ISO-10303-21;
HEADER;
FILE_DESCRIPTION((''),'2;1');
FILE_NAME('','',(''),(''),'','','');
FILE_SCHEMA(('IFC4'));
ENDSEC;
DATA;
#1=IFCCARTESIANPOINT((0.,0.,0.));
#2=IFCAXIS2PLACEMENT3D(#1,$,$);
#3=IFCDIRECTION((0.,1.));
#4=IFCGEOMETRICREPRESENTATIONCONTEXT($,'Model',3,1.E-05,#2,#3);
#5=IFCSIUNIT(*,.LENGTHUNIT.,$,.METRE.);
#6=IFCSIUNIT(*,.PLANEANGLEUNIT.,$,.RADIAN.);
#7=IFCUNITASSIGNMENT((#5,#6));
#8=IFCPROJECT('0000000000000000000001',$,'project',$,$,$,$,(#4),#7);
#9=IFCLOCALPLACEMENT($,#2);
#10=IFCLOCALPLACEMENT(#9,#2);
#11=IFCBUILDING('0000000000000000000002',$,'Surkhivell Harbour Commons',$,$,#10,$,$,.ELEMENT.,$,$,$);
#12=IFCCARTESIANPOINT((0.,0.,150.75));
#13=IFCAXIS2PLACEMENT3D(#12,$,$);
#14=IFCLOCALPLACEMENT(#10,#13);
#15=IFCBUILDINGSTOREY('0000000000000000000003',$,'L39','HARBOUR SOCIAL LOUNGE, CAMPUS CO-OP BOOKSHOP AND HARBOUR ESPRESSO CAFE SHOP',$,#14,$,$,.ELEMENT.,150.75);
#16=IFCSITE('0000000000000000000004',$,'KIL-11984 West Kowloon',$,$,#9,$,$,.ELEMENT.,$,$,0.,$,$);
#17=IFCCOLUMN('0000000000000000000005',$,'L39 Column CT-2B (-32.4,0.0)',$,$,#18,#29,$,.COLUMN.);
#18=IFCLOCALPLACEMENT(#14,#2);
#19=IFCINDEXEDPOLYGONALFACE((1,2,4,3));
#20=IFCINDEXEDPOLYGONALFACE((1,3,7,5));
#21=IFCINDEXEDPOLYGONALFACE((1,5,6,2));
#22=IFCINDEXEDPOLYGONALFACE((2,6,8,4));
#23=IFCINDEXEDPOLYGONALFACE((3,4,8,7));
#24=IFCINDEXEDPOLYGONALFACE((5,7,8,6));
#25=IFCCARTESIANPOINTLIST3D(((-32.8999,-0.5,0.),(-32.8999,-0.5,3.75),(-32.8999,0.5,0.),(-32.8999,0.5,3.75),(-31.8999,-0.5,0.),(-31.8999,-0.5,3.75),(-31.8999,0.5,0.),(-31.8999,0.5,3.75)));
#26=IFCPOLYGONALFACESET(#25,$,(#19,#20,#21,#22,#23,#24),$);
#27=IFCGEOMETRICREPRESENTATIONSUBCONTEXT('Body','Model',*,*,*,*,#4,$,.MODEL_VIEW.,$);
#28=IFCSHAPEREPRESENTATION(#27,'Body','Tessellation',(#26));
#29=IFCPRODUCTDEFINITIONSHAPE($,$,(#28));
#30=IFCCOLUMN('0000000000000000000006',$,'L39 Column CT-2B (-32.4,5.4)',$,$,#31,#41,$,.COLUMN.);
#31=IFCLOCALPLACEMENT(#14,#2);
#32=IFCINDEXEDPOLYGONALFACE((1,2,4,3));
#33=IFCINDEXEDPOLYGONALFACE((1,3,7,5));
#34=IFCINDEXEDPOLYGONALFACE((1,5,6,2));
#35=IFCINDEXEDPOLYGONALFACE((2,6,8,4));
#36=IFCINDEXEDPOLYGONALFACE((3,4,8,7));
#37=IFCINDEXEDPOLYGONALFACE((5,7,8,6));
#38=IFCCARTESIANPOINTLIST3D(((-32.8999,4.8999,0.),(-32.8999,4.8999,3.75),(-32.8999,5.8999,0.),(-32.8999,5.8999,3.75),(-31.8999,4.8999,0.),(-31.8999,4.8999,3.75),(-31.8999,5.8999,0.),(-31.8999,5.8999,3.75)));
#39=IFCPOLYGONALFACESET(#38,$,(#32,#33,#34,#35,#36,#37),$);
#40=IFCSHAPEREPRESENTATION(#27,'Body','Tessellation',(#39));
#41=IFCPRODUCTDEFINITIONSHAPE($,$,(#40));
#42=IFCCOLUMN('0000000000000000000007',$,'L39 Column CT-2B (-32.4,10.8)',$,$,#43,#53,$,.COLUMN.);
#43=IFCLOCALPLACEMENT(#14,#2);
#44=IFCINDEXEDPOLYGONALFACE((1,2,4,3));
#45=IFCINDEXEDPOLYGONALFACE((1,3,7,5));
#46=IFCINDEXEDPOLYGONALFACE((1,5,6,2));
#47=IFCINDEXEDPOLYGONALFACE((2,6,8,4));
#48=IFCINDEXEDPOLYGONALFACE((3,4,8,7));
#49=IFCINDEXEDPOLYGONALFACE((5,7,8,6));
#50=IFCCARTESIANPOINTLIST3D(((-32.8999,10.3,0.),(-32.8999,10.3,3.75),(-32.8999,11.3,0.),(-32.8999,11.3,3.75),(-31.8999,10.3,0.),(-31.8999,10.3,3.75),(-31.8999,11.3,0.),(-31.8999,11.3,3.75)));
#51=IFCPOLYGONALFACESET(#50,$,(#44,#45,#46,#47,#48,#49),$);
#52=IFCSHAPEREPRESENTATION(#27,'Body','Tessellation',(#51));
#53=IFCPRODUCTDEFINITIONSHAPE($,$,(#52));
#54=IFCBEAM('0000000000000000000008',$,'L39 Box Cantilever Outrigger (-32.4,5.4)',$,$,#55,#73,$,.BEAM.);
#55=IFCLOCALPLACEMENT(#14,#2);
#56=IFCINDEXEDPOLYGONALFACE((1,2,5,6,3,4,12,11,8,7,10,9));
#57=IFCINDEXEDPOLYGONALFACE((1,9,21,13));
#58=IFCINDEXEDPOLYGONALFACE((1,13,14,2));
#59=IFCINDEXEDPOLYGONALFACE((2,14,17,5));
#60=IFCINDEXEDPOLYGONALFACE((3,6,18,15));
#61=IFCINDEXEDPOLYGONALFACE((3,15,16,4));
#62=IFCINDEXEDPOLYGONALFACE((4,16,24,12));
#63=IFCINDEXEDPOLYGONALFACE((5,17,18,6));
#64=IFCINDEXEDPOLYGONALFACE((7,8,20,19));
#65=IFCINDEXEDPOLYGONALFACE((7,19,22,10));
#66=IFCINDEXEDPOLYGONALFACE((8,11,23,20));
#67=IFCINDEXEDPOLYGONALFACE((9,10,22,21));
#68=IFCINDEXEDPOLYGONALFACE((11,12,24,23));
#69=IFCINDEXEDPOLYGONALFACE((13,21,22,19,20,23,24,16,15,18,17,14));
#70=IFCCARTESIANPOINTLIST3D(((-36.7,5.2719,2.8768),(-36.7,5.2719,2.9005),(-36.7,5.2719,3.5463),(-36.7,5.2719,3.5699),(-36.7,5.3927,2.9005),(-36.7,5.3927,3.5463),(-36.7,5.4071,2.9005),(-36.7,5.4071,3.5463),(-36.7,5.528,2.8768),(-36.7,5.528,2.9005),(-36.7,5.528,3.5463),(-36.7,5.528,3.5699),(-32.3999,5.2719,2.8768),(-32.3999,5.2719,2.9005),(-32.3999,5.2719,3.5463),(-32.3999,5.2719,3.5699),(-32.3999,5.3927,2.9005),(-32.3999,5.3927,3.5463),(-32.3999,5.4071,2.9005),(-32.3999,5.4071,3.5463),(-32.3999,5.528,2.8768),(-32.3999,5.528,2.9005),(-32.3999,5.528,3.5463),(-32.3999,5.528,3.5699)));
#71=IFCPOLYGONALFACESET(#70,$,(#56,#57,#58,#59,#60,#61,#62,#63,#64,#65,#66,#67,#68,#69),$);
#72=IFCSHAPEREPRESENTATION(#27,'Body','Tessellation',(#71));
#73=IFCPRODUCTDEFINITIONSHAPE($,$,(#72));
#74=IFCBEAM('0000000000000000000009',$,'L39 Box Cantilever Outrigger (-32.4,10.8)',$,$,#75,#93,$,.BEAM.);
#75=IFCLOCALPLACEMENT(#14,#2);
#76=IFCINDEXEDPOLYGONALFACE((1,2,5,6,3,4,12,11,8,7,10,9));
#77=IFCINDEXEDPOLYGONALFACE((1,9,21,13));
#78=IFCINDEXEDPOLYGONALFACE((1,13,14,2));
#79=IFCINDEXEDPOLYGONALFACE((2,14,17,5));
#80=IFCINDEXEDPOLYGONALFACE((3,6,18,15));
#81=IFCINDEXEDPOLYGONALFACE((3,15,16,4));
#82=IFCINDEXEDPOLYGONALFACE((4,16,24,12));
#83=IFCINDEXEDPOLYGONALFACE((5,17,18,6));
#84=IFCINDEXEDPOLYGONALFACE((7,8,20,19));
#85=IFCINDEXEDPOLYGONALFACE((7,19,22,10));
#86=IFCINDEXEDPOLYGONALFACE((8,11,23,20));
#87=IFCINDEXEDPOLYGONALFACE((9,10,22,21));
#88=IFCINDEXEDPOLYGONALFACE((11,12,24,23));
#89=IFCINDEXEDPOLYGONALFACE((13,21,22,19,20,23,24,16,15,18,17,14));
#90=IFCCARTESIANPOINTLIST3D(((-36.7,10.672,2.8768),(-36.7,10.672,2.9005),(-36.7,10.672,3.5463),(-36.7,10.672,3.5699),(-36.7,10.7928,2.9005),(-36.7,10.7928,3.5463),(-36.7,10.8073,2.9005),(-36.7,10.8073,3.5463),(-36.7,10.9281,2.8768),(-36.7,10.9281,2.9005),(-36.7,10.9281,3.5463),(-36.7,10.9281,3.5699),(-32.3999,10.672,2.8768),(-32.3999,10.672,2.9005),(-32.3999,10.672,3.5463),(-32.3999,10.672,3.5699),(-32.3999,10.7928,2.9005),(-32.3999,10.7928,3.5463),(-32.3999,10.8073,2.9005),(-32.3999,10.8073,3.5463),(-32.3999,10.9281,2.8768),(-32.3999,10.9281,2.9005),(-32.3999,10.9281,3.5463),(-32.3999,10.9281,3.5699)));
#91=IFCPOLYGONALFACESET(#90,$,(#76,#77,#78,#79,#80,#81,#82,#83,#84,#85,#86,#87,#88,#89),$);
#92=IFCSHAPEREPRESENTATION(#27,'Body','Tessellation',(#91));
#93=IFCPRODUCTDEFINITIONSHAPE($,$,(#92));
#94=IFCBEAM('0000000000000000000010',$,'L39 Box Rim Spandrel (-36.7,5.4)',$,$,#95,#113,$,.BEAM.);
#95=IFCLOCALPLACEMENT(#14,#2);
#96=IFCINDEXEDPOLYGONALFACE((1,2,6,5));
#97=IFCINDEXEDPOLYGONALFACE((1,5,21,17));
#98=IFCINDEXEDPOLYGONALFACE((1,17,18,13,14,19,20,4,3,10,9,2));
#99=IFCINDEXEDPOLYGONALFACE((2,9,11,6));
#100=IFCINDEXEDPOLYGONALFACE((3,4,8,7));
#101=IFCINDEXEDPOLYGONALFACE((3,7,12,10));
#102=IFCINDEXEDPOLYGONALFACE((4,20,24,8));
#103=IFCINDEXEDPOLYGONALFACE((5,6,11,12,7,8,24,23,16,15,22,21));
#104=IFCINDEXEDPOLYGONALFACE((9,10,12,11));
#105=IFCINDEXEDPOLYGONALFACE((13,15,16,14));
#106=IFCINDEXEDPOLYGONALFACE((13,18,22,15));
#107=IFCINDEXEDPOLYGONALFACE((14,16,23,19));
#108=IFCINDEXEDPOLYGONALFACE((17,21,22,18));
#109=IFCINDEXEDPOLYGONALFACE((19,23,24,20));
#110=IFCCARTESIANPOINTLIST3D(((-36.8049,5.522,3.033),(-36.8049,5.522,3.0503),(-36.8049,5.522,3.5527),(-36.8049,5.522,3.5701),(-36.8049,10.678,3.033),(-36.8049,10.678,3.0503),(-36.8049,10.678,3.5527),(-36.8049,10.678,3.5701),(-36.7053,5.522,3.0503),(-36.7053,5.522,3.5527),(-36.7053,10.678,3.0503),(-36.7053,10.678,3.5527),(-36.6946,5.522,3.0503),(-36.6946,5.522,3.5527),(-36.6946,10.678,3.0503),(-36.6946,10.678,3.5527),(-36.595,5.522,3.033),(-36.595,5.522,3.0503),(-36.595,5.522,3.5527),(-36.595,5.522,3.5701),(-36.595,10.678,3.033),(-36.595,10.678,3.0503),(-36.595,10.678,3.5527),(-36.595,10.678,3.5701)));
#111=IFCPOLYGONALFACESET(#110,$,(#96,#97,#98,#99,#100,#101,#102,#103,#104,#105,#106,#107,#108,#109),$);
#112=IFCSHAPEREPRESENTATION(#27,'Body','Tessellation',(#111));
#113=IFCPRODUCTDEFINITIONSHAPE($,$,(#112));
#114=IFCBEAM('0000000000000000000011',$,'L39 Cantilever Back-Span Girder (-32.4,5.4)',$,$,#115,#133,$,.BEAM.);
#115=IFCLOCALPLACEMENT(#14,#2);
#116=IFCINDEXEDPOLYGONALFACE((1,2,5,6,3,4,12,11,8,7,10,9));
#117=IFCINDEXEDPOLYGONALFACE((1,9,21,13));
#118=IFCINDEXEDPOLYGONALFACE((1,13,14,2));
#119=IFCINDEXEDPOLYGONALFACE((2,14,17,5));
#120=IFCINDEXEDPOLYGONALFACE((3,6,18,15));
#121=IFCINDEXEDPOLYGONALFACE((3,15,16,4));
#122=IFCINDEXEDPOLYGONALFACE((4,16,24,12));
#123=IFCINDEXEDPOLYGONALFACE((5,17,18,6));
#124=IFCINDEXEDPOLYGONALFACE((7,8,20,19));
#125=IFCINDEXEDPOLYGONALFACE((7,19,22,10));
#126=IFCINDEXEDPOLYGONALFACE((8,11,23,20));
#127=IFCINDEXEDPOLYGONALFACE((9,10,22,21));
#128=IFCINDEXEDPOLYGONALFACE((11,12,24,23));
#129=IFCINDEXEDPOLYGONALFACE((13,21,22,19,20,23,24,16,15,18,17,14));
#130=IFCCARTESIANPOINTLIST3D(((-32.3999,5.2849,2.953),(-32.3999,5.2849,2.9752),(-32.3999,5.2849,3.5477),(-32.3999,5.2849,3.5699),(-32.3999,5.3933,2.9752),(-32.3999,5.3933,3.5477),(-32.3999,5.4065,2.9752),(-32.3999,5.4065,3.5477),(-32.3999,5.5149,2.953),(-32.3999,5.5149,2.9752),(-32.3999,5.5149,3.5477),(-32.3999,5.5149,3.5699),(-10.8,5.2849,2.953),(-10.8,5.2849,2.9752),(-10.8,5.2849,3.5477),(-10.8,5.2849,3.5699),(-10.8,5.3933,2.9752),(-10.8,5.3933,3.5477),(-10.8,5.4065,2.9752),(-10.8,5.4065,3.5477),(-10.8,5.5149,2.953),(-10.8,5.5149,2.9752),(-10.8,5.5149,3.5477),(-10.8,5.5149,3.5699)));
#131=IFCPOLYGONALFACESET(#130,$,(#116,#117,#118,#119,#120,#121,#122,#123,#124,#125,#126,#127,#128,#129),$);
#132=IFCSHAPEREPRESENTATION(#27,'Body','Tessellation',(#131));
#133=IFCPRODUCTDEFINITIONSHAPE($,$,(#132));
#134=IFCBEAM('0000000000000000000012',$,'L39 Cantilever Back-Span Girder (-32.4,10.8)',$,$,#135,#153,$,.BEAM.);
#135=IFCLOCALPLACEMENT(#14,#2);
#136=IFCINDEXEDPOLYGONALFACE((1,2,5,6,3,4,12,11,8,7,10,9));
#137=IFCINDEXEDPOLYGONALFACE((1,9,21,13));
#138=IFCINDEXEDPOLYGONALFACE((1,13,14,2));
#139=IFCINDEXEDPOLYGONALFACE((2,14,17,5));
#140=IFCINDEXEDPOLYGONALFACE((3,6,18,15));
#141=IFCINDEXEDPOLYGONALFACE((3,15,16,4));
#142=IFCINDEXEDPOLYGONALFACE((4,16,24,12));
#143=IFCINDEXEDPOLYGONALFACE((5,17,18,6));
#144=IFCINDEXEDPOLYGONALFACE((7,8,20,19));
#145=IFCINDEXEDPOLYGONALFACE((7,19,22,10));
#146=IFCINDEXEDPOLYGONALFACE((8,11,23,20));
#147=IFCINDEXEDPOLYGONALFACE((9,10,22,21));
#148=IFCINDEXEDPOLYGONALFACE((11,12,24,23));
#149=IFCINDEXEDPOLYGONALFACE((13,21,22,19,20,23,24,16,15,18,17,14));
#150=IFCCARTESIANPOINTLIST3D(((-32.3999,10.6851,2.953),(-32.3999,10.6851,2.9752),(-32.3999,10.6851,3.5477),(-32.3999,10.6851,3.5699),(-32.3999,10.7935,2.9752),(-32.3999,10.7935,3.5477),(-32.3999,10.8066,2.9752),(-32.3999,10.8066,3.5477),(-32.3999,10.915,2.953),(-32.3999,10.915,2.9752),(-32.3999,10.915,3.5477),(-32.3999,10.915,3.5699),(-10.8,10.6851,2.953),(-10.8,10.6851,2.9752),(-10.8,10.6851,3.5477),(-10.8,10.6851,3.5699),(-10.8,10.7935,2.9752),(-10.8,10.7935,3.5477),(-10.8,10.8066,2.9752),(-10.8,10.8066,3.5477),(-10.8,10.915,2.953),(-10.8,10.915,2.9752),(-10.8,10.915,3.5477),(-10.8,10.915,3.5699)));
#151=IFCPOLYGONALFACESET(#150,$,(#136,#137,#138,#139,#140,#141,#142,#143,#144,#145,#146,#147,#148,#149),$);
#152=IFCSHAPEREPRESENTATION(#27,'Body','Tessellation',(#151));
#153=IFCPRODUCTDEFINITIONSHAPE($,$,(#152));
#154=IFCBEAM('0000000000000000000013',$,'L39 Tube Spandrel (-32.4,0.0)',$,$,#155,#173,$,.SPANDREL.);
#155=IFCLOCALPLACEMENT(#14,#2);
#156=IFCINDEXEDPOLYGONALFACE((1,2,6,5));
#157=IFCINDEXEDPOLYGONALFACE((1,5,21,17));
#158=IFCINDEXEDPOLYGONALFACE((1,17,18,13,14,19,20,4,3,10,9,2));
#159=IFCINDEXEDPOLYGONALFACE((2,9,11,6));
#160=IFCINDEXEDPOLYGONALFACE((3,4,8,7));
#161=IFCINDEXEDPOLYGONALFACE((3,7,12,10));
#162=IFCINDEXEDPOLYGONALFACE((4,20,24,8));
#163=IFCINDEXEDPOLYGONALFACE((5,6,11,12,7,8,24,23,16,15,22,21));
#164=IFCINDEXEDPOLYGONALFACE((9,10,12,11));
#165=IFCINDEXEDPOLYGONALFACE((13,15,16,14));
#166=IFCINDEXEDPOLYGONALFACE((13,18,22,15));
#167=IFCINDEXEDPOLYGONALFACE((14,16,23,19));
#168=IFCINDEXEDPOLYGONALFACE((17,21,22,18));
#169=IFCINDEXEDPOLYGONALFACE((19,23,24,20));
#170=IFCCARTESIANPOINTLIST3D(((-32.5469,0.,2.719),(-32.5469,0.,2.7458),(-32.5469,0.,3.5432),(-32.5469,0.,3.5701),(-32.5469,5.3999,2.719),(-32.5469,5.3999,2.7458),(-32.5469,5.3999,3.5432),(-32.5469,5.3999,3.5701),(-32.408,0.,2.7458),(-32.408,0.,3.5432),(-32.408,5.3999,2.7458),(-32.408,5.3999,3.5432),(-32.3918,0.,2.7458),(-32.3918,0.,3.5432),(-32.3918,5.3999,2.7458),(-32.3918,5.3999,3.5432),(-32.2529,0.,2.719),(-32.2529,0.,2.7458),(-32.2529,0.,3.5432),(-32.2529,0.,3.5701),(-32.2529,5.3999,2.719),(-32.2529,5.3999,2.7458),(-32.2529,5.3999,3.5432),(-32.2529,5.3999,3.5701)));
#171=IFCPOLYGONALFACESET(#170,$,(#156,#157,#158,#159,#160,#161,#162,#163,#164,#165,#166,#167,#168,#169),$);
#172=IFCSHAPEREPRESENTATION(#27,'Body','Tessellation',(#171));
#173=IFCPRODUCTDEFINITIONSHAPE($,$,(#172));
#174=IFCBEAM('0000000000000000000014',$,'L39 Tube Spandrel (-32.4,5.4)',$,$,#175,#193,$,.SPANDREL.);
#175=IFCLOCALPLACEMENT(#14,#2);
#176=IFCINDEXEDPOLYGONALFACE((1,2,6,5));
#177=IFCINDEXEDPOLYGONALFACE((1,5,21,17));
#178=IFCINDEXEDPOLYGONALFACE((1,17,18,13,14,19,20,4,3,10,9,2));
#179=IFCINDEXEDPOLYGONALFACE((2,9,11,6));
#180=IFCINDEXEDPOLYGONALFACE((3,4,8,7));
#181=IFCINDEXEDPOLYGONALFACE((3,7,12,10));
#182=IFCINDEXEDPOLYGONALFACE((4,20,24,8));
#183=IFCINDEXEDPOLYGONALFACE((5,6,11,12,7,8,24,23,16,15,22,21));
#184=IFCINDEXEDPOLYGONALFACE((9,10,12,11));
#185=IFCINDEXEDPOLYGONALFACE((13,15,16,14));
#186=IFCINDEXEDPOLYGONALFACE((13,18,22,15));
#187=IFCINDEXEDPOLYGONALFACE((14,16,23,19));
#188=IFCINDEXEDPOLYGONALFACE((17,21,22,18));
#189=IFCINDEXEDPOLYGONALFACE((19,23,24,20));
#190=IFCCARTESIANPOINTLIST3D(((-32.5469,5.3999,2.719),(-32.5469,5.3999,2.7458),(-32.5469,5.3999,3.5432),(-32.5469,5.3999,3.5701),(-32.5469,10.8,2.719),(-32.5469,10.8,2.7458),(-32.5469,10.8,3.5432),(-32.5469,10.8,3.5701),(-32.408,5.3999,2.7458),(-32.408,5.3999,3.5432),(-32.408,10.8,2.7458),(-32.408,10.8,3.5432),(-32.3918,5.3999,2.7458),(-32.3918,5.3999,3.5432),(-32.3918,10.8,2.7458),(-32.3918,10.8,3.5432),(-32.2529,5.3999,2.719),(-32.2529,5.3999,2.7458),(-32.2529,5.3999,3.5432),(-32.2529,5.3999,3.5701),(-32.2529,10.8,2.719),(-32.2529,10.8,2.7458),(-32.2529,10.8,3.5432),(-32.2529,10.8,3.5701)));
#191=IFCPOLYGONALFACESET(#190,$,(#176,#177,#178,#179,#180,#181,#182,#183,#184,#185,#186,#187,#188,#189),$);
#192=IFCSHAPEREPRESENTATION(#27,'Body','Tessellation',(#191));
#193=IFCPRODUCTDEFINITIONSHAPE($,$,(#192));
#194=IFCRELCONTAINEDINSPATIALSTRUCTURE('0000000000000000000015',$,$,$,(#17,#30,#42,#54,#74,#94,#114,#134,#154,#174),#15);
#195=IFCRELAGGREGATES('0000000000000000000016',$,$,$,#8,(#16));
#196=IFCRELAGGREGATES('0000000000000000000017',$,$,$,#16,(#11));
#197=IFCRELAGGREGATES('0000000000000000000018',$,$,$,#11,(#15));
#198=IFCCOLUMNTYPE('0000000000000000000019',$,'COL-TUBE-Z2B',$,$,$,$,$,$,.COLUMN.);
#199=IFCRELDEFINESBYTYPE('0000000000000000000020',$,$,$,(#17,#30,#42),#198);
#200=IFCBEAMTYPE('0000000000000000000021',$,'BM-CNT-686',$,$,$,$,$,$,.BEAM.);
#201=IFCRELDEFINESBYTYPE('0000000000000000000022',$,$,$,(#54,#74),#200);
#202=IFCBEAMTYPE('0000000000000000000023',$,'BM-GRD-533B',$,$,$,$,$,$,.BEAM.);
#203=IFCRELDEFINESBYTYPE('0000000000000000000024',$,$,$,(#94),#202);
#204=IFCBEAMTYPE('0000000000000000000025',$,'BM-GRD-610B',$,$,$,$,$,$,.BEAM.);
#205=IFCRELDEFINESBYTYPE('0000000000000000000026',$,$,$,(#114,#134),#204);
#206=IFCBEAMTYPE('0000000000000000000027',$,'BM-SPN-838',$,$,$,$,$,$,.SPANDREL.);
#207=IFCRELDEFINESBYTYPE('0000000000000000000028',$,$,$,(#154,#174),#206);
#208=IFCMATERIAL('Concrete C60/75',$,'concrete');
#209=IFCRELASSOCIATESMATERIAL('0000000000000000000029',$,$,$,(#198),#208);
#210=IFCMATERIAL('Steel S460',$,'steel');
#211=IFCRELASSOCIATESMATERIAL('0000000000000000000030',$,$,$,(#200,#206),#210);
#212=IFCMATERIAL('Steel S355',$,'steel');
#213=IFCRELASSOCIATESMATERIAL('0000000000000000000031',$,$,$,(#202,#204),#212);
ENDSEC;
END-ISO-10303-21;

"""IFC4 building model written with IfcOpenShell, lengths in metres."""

from ifc_helpers import new_model, si_unit, direction, frame, origin, origin_2d, place, context, subcontext, project, spatial, rectangle, i_section, extrude, material, material_profile, profile_set, type_object, element, save


model = new_model("IFC4")

# Units and contexts
model_context = context("Model", 3, precision=1e-05, world=origin(), true_north=direction((0.0, 1.0)))
body_context = subcontext(model_context, "Body", "Model", "MODEL_VIEW")
ifc_project = project(units=[si_unit("LENGTHUNIT", "METRE"), si_unit("PLANEANGLEUNIT", "RADIAN")], contexts=[model_context])

# Site, building, storey
site_placement = place(None, origin())
site = spatial("IfcSite", under=ifc_project, at=site_placement, Name="KIL-11984 West Kowloon", CompositionType="ELEMENT", RefElevation=0.0)
building_placement = place(site_placement, origin())
building = spatial("IfcBuilding", under=site, at=building_placement, Name="Surkhivell Harbour Commons", CompositionType="ELEMENT")
storey_placement = place(building_placement, frame((0.0, 0.0, 150.75)))
storey = spatial("IfcBuildingStorey", under=building, at=storey_placement, Name="L39", Description="HARBOUR SOCIAL LOUNGE, CAMPUS CO-OP BOOKSHOP AND HARBOUR ESPRESSO CAFE SHOP", CompositionType="ELEMENT", Elevation=150.75)

# Columns
ifc_material_1 = material(Name="Concrete C60/75", Category="concrete")
ifc_material_profile_1 = material_profile(ifc_material_1, rectangle(XDim=1.0, YDim=1.0, at=origin_2d()), Name="RC-COL-1000x1000")
ifc_profile_set_1 = profile_set([ifc_material_profile_1], Name="Concrete C60/75")
column_type = type_object("IfcColumnType", Name="COL-TUBE-Z2B", PredefinedType="COLUMN", material=ifc_profile_set_1)
for number, where, z_axis, x_axis, name in (
    (1, (-32.3999, 0.0, 0.0), (0.0, 0.0, 1.0), (1.0, 0.0, 0.0), "L39 Column CT-2B (-32.4,0.0)"),
    (2, (-32.3999, 5.3999, 0.0), (0.0, 0.0, 1.0), (1.0, 0.0, 0.0), "L39 Column CT-2B (-32.4,5.4)"),
    (3, (-32.3999, 10.8, 0.0), (0.0, 0.0, 1.0), (1.0, 0.0, 0.0), "L39 Column CT-2B (-32.4,10.8)"),
):
    element("IfcColumn", number, at=place(storey_placement, frame(where, z_axis=z_axis, x_axis=x_axis)), inside=storey, type_object=column_type, Name=name, PredefinedType="COLUMN", context=body_context, shape_type="SweptSolid", body=[
        extrude(rectangle(XDim=1.0, YDim=1.0, at=origin_2d()), origin(), (0.0, 0.0, 1.0), 3.75),
    ])

# Beams
ifc_material_2 = material(Name="Steel S460", Category="steel")
ifc_material_profile_2 = material_profile(ifc_material_2, i_section(OverallWidth=0.2561, OverallDepth=0.6931, WebThickness=0.0144, FlangeThickness=0.0237, at=origin_2d()), Name="UB686x254x170")
ifc_profile_set_2 = profile_set([ifc_material_profile_2], Name="Steel S460")
beam_type_1 = type_object("IfcBeamType", Name="BM-CNT-686", PredefinedType="BEAM", material=ifc_profile_set_2)
for number, where, z_axis, x_axis, name in (
    (4, (-32.3999, 5.3999, 3.2234), (-1.0, 0.0, 0.0), (0.0, -1.0, 0.0), "L39 Box Cantilever Outrigger (-32.4,5.4)"),
    (5, (-32.3999, 10.8, 3.2234), (-1.0, 0.0, 0.0), (0.0, -1.0, 0.0), "L39 Box Cantilever Outrigger (-32.4,10.8)"),
):
    element("IfcBeam", number, at=place(storey_placement, frame(where, z_axis=z_axis, x_axis=x_axis)), inside=storey, type_object=beam_type_1, Name=name, PredefinedType="BEAM", context=body_context, shape_type="SweptSolid", body=[
        extrude(i_section(OverallWidth=0.2561, OverallDepth=0.6931, WebThickness=0.0144, FlangeThickness=0.0237, at=origin_2d()), origin(), (0.0, 0.0, 1.0), 4.3),
    ])
ifc_material_3 = material(Name="Steel S355", Category="steel")
ifc_material_profile_3 = material_profile(ifc_material_3, i_section(OverallWidth=0.21, OverallDepth=0.5371, WebThickness=0.0107, FlangeThickness=0.0173, at=origin_2d()), Name="UB533x210x101")
ifc_profile_set_3 = profile_set([ifc_material_profile_3], Name="Steel S355")
beam_type_2 = type_object("IfcBeamType", Name="BM-GRD-533B", PredefinedType="BEAM", material=ifc_profile_set_3)
beam_1_placement = place(storey_placement, frame((-36.7, 5.522, 3.3015), z_axis=(0.0, 1.0, 0.0), x_axis=(-1.0, 0.0, 0.0)))
element("IfcBeam", 6, at=beam_1_placement, inside=storey, type_object=beam_type_2, Name="L39 Box Rim Spandrel (-36.7,5.4)", PredefinedType="BEAM", context=body_context, shape_type="SweptSolid", body=[
    extrude(i_section(OverallWidth=0.21, OverallDepth=0.5371, WebThickness=0.0107, FlangeThickness=0.0173, at=origin_2d()), origin(), (0.0, 0.0, 1.0), 5.156),
])
ifc_material_profile_4 = material_profile(ifc_material_3, i_section(OverallWidth=0.23, OverallDepth=0.6169, WebThickness=0.0132, FlangeThickness=0.0222, at=origin_2d()), Name="UB610x229x140")
ifc_profile_set_4 = profile_set([ifc_material_profile_4], Name="Steel S355")
beam_type_3 = type_object("IfcBeamType", Name="BM-GRD-610B", PredefinedType="BEAM", material=ifc_profile_set_4)
for number, where, z_axis, x_axis, name in (
    (7, (-32.3999, 5.3999, 3.2615), (1.0, 0.0, 0.0), (0.0, 1.0, 0.0), "L39 Cantilever Back-Span Girder (-32.4,5.4)"),
    (8, (-32.3999, 10.8, 3.2615), (1.0, 0.0, 0.0), (0.0, 1.0, 0.0), "L39 Cantilever Back-Span Girder (-32.4,10.8)"),
):
    element("IfcBeam", number, at=place(storey_placement, frame(where, z_axis=z_axis, x_axis=x_axis)), inside=storey, type_object=beam_type_3, Name=name, PredefinedType="BEAM", context=body_context, shape_type="SweptSolid", body=[
        extrude(i_section(OverallWidth=0.23, OverallDepth=0.6169, WebThickness=0.0132, FlangeThickness=0.0222, at=origin_2d()), origin(), (0.0, 0.0, 1.0), 21.5999),
    ])
ifc_material_profile_5 = material_profile(ifc_material_2, i_section(OverallWidth=0.2939, OverallDepth=0.8511, WebThickness=0.0161, FlangeThickness=0.0269, at=origin_2d()), Name="UB838x292x226")
ifc_profile_set_5 = profile_set([ifc_material_profile_5], Name="Steel S460")
beam_type_4 = type_object("IfcBeamType", Name="BM-SPN-838", PredefinedType="SPANDREL", material=ifc_profile_set_5)
beam_2_placement = place(storey_placement, frame((-32.3999, 0.0, 3.1445), z_axis=(0.0, 1.0, 0.0), x_axis=(-1.0, 0.0, 0.0)))
element("IfcBeam", 9, at=beam_2_placement, inside=storey, type_object=beam_type_4, Name="L39 Tube Spandrel (-32.4,0.0)", PredefinedType="SPANDREL", context=body_context, shape_type="SweptSolid", body=[
    extrude(i_section(OverallWidth=0.2939, OverallDepth=0.8511, WebThickness=0.0161, FlangeThickness=0.0269, at=origin_2d()), origin(), (0.0, 0.0, 1.0), 5.3999),
])
beam_3_placement = place(storey_placement, frame((-32.3999, 5.3999, 3.1445), z_axis=(0.0, 1.0, 0.0), x_axis=(-1.0, 0.0, 0.0)))
element("IfcBeam", 10, at=beam_3_placement, inside=storey, type_object=beam_type_4, Name="L39 Tube Spandrel (-32.4,5.4)", PredefinedType="SPANDREL", context=body_context, shape_type="SweptSolid", body=[
    extrude(i_section(OverallWidth=0.2939, OverallDepth=0.8511, WebThickness=0.0161, FlangeThickness=0.0269, at=origin_2d()), origin(), (0.0, 0.0, 1.0), 5.4001),
])

save(model, "model.ifc")
